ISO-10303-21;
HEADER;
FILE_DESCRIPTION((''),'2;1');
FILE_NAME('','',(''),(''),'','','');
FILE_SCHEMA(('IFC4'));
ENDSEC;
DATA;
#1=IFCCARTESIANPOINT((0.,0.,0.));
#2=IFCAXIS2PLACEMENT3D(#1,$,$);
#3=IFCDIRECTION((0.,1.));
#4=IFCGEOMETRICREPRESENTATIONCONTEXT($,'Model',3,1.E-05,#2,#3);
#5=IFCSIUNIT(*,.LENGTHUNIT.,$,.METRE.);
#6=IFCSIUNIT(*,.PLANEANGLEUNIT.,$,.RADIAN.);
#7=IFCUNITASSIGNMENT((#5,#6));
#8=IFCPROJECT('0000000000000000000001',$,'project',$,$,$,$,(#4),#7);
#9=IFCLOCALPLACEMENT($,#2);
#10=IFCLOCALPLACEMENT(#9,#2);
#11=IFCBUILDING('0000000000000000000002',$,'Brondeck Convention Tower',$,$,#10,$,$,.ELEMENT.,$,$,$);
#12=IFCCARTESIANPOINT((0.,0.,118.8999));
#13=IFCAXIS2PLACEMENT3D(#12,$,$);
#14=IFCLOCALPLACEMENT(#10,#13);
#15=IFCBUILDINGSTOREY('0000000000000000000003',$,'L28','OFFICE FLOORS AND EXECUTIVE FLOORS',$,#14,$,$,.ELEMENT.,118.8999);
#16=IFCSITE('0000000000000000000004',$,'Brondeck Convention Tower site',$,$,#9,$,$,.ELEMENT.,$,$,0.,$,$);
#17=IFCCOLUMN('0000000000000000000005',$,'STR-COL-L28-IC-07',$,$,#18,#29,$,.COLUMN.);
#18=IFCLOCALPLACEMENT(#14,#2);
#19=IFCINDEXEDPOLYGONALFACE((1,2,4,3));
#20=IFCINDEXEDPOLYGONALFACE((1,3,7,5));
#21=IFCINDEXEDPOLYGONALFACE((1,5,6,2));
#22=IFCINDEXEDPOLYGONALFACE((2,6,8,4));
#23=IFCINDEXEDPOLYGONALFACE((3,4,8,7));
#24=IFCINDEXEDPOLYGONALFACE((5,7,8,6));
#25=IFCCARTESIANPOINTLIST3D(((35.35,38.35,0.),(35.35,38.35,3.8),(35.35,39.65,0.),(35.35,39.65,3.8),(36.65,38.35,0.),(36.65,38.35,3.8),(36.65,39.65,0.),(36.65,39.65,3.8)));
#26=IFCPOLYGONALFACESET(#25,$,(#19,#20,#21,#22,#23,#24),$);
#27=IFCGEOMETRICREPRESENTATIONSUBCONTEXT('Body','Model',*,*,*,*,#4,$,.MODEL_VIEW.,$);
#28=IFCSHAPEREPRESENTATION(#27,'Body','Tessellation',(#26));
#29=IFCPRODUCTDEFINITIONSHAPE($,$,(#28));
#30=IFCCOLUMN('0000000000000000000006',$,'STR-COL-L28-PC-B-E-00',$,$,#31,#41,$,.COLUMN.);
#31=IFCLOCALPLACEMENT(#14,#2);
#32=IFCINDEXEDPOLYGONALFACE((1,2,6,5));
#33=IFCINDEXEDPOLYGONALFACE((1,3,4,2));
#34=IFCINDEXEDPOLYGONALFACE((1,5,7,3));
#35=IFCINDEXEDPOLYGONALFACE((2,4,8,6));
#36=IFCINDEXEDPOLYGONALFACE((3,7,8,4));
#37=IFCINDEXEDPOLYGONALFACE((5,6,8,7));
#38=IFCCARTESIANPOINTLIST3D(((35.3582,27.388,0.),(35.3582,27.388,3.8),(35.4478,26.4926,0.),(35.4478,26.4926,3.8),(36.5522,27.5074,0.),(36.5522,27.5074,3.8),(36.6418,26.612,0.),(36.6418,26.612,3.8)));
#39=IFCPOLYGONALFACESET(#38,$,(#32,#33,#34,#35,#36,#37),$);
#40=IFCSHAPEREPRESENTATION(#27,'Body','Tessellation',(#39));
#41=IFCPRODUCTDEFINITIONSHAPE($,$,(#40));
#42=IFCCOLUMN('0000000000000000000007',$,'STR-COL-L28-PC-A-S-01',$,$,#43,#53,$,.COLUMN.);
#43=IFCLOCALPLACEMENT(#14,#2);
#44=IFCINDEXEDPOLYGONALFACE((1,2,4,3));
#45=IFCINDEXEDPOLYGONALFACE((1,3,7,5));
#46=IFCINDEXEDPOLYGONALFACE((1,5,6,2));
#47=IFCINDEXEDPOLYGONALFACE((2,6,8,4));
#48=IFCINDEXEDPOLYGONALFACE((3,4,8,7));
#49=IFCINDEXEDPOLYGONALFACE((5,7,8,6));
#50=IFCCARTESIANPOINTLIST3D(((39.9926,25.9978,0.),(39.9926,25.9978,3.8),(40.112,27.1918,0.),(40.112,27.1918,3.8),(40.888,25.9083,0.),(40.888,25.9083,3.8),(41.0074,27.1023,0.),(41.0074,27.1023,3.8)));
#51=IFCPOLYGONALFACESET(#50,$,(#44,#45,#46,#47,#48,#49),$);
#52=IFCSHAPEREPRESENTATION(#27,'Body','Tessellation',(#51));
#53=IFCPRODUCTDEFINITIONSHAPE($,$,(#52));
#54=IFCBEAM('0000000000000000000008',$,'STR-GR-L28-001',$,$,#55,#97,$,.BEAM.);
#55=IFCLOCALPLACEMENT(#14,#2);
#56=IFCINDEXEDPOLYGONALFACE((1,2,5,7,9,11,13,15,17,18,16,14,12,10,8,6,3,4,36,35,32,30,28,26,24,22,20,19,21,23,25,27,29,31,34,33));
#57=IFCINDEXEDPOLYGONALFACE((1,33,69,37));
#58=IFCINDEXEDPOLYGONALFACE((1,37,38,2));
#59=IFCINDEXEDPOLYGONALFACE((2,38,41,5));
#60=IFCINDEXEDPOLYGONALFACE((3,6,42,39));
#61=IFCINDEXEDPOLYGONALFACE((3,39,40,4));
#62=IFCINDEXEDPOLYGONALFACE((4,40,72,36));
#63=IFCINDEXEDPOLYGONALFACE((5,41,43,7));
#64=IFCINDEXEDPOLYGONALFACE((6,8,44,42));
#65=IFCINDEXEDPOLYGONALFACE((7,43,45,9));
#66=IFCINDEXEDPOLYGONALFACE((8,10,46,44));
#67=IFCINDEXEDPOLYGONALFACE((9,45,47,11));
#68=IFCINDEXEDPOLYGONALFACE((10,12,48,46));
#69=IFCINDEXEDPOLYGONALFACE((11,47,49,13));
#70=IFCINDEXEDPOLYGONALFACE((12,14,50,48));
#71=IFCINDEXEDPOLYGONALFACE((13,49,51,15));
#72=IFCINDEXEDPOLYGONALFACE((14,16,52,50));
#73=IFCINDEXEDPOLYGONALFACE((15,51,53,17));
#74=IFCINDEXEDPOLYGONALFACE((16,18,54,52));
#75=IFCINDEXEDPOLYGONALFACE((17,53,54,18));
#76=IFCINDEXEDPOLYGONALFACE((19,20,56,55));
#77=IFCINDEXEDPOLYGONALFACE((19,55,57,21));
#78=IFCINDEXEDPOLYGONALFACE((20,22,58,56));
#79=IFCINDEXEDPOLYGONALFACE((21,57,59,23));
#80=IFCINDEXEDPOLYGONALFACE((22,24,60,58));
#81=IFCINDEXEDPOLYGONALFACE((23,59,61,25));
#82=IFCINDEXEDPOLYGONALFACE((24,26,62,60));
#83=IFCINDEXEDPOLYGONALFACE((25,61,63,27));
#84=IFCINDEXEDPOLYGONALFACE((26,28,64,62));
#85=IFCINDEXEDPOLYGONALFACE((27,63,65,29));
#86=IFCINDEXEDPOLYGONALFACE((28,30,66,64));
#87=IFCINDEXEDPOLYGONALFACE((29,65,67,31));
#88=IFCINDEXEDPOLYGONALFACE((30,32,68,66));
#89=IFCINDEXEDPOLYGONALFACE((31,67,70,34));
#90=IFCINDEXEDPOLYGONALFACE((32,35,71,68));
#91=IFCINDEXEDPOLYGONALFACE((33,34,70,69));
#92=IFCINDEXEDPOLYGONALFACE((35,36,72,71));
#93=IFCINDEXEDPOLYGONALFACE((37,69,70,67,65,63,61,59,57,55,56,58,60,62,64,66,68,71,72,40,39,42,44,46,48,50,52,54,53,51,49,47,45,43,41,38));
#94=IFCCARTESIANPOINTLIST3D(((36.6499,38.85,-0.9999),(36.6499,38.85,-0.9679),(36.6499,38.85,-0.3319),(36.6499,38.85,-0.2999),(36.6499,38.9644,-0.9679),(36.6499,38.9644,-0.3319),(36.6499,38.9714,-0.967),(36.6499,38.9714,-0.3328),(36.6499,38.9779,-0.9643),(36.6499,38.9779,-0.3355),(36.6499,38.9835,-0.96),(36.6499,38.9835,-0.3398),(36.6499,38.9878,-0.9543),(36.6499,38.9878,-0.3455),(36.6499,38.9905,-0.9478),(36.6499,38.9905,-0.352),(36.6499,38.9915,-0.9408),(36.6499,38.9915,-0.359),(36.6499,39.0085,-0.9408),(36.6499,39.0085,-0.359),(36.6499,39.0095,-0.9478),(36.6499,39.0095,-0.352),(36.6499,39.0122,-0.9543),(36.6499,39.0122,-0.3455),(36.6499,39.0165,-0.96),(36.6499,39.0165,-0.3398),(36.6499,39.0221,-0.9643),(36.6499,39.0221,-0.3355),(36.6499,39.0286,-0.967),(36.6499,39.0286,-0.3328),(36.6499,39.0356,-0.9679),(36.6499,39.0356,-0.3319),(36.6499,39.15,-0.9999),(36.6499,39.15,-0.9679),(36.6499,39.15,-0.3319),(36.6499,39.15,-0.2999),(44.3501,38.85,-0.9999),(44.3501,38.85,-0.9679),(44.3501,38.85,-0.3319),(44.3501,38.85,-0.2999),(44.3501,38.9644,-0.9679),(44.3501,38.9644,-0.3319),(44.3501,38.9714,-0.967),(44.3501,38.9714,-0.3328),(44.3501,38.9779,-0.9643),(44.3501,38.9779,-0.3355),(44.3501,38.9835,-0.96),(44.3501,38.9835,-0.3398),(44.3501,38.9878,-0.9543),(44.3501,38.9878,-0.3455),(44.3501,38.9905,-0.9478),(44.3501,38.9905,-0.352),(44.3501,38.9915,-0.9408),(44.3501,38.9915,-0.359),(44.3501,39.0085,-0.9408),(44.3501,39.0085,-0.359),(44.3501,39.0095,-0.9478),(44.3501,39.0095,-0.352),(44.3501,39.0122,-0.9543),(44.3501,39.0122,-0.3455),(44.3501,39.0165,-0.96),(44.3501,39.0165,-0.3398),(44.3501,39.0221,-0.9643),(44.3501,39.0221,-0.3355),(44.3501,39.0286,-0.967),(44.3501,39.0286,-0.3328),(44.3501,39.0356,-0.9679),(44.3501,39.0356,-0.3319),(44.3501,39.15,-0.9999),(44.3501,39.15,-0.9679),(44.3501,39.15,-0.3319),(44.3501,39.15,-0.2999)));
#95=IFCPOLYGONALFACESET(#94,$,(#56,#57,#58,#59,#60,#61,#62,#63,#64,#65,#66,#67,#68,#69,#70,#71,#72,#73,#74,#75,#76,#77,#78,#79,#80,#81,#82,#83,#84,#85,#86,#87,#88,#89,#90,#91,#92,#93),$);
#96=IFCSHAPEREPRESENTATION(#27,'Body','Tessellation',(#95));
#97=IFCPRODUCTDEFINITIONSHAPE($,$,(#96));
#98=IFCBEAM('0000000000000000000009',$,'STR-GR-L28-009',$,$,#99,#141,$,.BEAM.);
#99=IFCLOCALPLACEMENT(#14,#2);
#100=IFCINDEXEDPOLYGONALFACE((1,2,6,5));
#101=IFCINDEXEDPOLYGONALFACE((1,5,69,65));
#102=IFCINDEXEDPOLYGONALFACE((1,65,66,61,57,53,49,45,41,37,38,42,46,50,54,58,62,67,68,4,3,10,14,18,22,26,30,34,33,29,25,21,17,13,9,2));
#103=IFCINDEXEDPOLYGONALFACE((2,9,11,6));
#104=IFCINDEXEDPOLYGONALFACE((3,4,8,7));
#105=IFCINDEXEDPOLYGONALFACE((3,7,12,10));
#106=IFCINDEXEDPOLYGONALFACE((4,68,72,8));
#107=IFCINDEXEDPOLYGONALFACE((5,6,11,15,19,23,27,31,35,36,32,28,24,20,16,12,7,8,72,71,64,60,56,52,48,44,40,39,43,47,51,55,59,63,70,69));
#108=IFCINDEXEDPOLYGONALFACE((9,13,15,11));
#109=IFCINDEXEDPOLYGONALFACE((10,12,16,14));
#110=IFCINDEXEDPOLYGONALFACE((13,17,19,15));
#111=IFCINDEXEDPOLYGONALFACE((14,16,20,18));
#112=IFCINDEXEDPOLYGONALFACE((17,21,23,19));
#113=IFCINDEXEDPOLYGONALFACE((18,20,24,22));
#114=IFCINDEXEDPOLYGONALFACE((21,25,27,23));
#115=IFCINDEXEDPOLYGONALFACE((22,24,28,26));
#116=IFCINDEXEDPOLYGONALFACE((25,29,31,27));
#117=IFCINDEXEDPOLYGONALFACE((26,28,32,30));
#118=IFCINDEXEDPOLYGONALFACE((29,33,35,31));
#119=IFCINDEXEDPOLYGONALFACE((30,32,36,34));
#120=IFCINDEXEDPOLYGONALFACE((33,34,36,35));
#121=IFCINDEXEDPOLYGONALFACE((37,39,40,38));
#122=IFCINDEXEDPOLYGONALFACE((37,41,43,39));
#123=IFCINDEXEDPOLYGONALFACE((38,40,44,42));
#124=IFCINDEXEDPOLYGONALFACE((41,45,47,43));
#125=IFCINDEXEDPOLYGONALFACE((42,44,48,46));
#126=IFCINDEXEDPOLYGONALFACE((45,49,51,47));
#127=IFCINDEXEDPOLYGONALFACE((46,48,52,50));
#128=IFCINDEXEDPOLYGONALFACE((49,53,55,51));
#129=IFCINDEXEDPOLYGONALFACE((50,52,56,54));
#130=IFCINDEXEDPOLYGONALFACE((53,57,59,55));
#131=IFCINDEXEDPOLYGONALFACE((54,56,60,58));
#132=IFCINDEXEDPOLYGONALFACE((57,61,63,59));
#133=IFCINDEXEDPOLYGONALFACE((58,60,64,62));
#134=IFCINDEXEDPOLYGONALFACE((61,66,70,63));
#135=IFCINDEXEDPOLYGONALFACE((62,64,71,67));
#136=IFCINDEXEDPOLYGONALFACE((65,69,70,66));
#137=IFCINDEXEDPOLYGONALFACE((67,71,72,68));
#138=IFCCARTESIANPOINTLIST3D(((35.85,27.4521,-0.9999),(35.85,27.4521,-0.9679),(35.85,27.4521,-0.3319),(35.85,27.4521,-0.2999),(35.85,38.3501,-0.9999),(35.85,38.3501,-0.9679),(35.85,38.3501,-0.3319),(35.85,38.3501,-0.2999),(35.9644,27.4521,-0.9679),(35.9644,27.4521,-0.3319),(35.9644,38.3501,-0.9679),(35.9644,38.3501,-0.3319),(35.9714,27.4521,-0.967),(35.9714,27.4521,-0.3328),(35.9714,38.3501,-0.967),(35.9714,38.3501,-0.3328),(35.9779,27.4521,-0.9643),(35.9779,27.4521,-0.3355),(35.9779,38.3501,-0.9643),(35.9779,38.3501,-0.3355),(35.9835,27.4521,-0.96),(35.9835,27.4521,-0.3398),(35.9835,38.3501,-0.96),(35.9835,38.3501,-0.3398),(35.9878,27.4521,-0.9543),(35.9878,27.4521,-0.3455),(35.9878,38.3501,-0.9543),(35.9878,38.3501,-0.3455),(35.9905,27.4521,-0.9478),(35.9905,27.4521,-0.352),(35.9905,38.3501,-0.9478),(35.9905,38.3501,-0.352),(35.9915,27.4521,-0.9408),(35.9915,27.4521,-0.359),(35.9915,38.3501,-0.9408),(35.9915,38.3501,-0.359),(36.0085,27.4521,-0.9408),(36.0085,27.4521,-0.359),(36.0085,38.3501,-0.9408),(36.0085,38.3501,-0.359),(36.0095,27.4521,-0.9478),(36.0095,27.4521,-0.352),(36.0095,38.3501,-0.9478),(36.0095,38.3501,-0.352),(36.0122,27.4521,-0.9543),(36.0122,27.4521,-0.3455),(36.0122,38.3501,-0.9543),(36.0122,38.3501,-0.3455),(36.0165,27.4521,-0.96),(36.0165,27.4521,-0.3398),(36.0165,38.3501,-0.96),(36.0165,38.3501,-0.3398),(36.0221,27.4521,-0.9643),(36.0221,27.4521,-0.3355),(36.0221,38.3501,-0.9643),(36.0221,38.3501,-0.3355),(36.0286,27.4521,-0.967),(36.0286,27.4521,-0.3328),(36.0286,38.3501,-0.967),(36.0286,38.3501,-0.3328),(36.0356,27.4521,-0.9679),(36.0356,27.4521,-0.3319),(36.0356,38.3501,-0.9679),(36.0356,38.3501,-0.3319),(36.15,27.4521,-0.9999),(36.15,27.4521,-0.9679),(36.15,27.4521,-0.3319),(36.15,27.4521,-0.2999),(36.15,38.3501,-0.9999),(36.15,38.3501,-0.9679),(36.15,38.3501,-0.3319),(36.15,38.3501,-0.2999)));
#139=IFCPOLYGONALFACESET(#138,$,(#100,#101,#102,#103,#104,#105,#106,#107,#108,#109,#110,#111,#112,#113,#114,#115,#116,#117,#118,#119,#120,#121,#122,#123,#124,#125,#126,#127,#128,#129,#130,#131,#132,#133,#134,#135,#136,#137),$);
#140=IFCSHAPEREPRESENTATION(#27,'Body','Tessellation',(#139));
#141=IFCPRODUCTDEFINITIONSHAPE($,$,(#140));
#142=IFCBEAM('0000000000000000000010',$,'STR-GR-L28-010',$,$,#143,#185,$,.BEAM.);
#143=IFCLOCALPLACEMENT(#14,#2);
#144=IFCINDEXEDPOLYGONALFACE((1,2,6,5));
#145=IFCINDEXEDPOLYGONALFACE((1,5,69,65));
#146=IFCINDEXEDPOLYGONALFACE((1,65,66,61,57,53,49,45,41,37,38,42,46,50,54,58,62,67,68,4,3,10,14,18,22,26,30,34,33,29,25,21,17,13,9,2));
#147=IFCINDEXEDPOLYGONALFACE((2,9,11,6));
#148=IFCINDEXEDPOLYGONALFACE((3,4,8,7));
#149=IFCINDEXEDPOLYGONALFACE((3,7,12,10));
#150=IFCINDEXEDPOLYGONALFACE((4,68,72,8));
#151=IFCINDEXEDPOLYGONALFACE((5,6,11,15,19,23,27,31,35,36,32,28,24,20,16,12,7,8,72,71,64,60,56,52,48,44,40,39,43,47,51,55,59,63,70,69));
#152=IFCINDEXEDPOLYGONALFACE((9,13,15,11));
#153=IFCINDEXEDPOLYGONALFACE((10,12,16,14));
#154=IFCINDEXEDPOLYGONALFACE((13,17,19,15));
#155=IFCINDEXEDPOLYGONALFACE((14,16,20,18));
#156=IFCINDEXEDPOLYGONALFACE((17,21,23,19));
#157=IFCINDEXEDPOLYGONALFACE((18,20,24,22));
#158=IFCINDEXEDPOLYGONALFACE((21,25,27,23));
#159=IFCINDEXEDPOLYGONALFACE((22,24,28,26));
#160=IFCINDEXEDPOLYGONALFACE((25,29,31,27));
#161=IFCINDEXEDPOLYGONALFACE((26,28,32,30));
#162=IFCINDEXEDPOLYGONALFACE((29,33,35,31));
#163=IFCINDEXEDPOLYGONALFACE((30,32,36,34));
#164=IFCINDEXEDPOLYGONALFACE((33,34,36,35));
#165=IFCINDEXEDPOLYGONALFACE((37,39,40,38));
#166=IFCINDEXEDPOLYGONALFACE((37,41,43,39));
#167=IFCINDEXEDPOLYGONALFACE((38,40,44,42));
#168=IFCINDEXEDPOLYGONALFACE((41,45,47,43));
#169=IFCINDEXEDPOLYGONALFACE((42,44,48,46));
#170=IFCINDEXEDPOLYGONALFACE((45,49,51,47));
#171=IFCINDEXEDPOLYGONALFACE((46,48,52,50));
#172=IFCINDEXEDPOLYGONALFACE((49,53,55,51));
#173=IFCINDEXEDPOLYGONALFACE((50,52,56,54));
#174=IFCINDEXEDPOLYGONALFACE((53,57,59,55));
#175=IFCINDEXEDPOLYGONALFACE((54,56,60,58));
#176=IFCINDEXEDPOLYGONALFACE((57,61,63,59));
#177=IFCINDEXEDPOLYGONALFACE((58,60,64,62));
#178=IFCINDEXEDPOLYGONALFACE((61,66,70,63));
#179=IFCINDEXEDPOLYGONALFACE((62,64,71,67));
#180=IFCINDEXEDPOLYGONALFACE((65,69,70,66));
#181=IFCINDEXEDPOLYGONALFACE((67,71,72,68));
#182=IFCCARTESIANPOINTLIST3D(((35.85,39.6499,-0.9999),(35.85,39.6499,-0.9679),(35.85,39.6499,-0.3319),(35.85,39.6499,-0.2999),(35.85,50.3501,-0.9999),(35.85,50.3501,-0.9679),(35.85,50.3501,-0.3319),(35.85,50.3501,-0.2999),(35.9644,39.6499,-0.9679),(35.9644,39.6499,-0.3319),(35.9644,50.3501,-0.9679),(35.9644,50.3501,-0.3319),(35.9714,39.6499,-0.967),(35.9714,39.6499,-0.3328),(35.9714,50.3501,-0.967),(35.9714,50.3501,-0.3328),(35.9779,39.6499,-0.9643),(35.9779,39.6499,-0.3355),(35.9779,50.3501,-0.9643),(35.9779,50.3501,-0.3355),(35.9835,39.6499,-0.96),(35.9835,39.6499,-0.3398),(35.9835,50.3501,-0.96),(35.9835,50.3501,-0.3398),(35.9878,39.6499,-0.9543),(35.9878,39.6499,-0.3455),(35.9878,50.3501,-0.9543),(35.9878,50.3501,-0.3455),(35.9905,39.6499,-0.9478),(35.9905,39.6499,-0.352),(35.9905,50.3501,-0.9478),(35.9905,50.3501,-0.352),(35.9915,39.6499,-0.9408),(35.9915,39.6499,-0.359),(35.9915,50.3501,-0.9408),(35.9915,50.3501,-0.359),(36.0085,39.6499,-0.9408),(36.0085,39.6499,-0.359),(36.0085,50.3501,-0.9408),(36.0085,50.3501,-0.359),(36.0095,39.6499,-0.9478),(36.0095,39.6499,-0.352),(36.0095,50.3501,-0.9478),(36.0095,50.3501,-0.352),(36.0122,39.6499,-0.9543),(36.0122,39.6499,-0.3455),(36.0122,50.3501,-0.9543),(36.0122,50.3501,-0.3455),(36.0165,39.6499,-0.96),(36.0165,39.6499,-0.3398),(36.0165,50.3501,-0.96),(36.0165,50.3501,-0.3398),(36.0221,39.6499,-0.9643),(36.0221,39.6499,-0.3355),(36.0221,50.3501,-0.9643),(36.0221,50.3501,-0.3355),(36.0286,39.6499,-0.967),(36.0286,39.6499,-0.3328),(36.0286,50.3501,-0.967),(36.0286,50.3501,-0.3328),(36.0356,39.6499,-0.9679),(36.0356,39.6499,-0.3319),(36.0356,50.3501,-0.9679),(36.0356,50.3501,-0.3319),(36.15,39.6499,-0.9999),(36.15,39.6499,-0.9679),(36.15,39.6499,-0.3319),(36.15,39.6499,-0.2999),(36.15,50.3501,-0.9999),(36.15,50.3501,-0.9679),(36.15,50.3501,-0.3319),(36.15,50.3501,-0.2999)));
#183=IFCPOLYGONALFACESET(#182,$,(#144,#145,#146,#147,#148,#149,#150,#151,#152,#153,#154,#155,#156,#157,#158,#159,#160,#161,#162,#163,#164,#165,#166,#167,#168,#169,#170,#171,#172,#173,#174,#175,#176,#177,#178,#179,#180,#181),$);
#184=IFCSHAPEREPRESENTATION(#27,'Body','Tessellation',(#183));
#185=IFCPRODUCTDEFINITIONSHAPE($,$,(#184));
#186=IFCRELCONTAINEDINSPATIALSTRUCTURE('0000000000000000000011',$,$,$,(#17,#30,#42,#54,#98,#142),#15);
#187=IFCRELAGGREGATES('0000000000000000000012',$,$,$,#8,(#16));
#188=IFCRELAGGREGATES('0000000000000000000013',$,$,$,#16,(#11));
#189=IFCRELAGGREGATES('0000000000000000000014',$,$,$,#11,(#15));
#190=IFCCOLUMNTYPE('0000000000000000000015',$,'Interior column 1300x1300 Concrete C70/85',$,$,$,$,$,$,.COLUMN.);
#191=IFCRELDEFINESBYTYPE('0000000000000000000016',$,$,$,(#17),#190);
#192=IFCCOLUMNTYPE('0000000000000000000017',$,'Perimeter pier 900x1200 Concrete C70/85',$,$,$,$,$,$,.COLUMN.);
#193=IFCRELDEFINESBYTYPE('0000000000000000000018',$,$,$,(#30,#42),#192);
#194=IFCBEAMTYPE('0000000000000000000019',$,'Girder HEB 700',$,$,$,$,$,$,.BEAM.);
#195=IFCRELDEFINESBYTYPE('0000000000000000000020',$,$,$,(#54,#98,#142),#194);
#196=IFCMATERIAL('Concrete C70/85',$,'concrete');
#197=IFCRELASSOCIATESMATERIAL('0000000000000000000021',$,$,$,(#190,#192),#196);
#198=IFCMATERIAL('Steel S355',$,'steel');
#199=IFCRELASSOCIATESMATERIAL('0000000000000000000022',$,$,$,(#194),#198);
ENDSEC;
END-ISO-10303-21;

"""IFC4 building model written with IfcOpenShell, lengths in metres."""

from ifc_helpers import new_model, si_unit, direction, frame, origin, origin_2d, place, context, subcontext, project, spatial, rectangle, i_section, extrude, material, material_profile, profile_set, type_object, element, save


model = new_model("IFC4")

# Units and contexts
model_context = context("Model", 3, precision=1e-05, world=origin(), true_north=direction((0.0, 1.0)))
body_context = subcontext(model_context, "Body", "Model", "MODEL_VIEW")
ifc_project = project(units=[si_unit("LENGTHUNIT", "METRE"), si_unit("PLANEANGLEUNIT", "RADIAN")], contexts=[model_context])

# Site, building, storey
site_placement = place(None, origin())
site = spatial("IfcSite", under=ifc_project, at=site_placement, Name="Brondeck Convention Tower site", CompositionType="ELEMENT", RefElevation=0.0)
building_placement = place(site_placement, origin())
building = spatial("IfcBuilding", under=site, at=building_placement, Name="Brondeck Convention Tower", CompositionType="ELEMENT")
storey_placement = place(building_placement, frame((0.0, 0.0, 118.8999)))
storey = spatial("IfcBuildingStorey", under=building, at=storey_placement, Name="L28", Description="OFFICE FLOORS AND EXECUTIVE FLOORS", CompositionType="ELEMENT", Elevation=118.8999)

# Columns
ifc_material_1 = material(Name="Concrete C70/85", Category="concrete")
ifc_material_profile_1 = material_profile(ifc_material_1, rectangle(XDim=1.3, YDim=1.3, at=origin_2d()), Name="Interior column 1300x1300 Concrete C70/85")
ifc_profile_set_1 = profile_set([ifc_material_profile_1], Name="Concrete C70/85")
column_type_1 = type_object("IfcColumnType", Name="Interior column 1300x1300 Concrete C70/85", PredefinedType="COLUMN", material=ifc_profile_set_1)
column_placement = place(storey_placement, frame((36.0, 39.0, 0.0), z_axis=(0.0, 0.0, 1.0), x_axis=(1.0, 0.0, 0.0)))
element("IfcColumn", 1, at=column_placement, inside=storey, type_object=column_type_1, Name="STR-COL-L28-IC-07", PredefinedType="COLUMN", context=body_context, shape_type="SweptSolid", body=[
    extrude(rectangle(XDim=1.3, YDim=1.3, at=origin_2d()), origin(), (0.0, 0.0, 1.0), 3.8),
])
ifc_material_profile_2 = material_profile(ifc_material_1, rectangle(XDim=0.8999, YDim=1.2, at=origin_2d()), Name="Perimeter pier 900x1200 Concrete C70/85")
ifc_profile_set_2 = profile_set([ifc_material_profile_2], Name="Concrete C70/85")
column_type_2 = type_object("IfcColumnType", Name="Perimeter pier 900x1200 Concrete C70/85", PredefinedType="COLUMN", material=ifc_profile_set_2)
for number, where, z_axis, x_axis, name in (
    (2, (36.0, 27.0, 0.0), (0.0, 0.0, 1.0), (-0.099504, 0.995037, 0.0), "STR-COL-L28-PC-B-E-00"),
    (3, (40.5, 26.55, 0.0), (0.0, 0.0, 1.0), (0.995037, -0.099504, 0.0), "STR-COL-L28-PC-A-S-01"),
):
    element("IfcColumn", number, at=place(storey_placement, frame(where, z_axis=z_axis, x_axis=x_axis)), inside=storey, type_object=column_type_2, Name=name, PredefinedType="COLUMN", context=body_context, shape_type="SweptSolid", body=[
        extrude(rectangle(XDim=0.8999, YDim=1.2, at=origin_2d()), origin(), (0.0, 0.0, 1.0), 3.8),
    ])

# Beams
ifc_material_2 = material(Name="Steel S355", Category="steel")
ifc_material_profile_3 = material_profile(ifc_material_2, i_section(OverallWidth=0.3, OverallDepth=0.7, WebThickness=0.0171, FlangeThickness=0.032, FilletRadius=0.0271, at=origin_2d()), Name="HEB 700")
ifc_profile_set_3 = profile_set([ifc_material_profile_3], Name="Steel S355")
beam_type_1 = type_object("IfcBeamType", Name="Girder HEB 700", PredefinedType="BEAM", material=ifc_profile_set_3)
beam_1_placement = place(storey_placement, frame((36.6499, 39.0, -0.6499), z_axis=(1.0, 0.0, 0.0), x_axis=(0.0, 1.0, 0.0)))
element("IfcBeam", 4, at=beam_1_placement, inside=storey, type_object=beam_type_1, Name="STR-GR-L28-001", PredefinedType="BEAM", context=body_context, shape_type="SweptSolid", body=[
    extrude(i_section(OverallWidth=0.3, OverallDepth=0.7, WebThickness=0.0171, FlangeThickness=0.032, FilletRadius=0.0271, at=origin_2d()), origin(), (0.0, 0.0, 1.0), 7.7002),
])
beam_2_placement = place(storey_placement, frame((36.0, 27.4521, -0.6499), z_axis=(0.0, 1.0, 0.0), x_axis=(-1.0, 0.0, 0.0)))
element("IfcBeam", 5, at=beam_2_placement, inside=storey, type_object=beam_type_1, Name="STR-GR-L28-009", PredefinedType="BEAM", context=body_context, shape_type="SweptSolid", body=[
    extrude(i_section(OverallWidth=0.3, OverallDepth=0.7, WebThickness=0.0171, FlangeThickness=0.032, FilletRadius=0.0271, at=origin_2d()), origin(), (0.0, 0.0, 1.0), 10.8979),
])
beam_3_placement = place(storey_placement, frame((36.0, 39.6499, -0.6499), z_axis=(0.0, 1.0, 0.0), x_axis=(-1.0, 0.0, 0.0)))
element("IfcBeam", 6, at=beam_3_placement, inside=storey, type_object=beam_type_1, Name="STR-GR-L28-010", PredefinedType="BEAM", context=body_context, shape_type="SweptSolid", body=[
    extrude(i_section(OverallWidth=0.3, OverallDepth=0.7, WebThickness=0.0171, FlangeThickness=0.032, FilletRadius=0.0271, at=origin_2d()), origin(), (0.0, 0.0, 1.0), 10.7002),
])

save(model, "model.ifc")
